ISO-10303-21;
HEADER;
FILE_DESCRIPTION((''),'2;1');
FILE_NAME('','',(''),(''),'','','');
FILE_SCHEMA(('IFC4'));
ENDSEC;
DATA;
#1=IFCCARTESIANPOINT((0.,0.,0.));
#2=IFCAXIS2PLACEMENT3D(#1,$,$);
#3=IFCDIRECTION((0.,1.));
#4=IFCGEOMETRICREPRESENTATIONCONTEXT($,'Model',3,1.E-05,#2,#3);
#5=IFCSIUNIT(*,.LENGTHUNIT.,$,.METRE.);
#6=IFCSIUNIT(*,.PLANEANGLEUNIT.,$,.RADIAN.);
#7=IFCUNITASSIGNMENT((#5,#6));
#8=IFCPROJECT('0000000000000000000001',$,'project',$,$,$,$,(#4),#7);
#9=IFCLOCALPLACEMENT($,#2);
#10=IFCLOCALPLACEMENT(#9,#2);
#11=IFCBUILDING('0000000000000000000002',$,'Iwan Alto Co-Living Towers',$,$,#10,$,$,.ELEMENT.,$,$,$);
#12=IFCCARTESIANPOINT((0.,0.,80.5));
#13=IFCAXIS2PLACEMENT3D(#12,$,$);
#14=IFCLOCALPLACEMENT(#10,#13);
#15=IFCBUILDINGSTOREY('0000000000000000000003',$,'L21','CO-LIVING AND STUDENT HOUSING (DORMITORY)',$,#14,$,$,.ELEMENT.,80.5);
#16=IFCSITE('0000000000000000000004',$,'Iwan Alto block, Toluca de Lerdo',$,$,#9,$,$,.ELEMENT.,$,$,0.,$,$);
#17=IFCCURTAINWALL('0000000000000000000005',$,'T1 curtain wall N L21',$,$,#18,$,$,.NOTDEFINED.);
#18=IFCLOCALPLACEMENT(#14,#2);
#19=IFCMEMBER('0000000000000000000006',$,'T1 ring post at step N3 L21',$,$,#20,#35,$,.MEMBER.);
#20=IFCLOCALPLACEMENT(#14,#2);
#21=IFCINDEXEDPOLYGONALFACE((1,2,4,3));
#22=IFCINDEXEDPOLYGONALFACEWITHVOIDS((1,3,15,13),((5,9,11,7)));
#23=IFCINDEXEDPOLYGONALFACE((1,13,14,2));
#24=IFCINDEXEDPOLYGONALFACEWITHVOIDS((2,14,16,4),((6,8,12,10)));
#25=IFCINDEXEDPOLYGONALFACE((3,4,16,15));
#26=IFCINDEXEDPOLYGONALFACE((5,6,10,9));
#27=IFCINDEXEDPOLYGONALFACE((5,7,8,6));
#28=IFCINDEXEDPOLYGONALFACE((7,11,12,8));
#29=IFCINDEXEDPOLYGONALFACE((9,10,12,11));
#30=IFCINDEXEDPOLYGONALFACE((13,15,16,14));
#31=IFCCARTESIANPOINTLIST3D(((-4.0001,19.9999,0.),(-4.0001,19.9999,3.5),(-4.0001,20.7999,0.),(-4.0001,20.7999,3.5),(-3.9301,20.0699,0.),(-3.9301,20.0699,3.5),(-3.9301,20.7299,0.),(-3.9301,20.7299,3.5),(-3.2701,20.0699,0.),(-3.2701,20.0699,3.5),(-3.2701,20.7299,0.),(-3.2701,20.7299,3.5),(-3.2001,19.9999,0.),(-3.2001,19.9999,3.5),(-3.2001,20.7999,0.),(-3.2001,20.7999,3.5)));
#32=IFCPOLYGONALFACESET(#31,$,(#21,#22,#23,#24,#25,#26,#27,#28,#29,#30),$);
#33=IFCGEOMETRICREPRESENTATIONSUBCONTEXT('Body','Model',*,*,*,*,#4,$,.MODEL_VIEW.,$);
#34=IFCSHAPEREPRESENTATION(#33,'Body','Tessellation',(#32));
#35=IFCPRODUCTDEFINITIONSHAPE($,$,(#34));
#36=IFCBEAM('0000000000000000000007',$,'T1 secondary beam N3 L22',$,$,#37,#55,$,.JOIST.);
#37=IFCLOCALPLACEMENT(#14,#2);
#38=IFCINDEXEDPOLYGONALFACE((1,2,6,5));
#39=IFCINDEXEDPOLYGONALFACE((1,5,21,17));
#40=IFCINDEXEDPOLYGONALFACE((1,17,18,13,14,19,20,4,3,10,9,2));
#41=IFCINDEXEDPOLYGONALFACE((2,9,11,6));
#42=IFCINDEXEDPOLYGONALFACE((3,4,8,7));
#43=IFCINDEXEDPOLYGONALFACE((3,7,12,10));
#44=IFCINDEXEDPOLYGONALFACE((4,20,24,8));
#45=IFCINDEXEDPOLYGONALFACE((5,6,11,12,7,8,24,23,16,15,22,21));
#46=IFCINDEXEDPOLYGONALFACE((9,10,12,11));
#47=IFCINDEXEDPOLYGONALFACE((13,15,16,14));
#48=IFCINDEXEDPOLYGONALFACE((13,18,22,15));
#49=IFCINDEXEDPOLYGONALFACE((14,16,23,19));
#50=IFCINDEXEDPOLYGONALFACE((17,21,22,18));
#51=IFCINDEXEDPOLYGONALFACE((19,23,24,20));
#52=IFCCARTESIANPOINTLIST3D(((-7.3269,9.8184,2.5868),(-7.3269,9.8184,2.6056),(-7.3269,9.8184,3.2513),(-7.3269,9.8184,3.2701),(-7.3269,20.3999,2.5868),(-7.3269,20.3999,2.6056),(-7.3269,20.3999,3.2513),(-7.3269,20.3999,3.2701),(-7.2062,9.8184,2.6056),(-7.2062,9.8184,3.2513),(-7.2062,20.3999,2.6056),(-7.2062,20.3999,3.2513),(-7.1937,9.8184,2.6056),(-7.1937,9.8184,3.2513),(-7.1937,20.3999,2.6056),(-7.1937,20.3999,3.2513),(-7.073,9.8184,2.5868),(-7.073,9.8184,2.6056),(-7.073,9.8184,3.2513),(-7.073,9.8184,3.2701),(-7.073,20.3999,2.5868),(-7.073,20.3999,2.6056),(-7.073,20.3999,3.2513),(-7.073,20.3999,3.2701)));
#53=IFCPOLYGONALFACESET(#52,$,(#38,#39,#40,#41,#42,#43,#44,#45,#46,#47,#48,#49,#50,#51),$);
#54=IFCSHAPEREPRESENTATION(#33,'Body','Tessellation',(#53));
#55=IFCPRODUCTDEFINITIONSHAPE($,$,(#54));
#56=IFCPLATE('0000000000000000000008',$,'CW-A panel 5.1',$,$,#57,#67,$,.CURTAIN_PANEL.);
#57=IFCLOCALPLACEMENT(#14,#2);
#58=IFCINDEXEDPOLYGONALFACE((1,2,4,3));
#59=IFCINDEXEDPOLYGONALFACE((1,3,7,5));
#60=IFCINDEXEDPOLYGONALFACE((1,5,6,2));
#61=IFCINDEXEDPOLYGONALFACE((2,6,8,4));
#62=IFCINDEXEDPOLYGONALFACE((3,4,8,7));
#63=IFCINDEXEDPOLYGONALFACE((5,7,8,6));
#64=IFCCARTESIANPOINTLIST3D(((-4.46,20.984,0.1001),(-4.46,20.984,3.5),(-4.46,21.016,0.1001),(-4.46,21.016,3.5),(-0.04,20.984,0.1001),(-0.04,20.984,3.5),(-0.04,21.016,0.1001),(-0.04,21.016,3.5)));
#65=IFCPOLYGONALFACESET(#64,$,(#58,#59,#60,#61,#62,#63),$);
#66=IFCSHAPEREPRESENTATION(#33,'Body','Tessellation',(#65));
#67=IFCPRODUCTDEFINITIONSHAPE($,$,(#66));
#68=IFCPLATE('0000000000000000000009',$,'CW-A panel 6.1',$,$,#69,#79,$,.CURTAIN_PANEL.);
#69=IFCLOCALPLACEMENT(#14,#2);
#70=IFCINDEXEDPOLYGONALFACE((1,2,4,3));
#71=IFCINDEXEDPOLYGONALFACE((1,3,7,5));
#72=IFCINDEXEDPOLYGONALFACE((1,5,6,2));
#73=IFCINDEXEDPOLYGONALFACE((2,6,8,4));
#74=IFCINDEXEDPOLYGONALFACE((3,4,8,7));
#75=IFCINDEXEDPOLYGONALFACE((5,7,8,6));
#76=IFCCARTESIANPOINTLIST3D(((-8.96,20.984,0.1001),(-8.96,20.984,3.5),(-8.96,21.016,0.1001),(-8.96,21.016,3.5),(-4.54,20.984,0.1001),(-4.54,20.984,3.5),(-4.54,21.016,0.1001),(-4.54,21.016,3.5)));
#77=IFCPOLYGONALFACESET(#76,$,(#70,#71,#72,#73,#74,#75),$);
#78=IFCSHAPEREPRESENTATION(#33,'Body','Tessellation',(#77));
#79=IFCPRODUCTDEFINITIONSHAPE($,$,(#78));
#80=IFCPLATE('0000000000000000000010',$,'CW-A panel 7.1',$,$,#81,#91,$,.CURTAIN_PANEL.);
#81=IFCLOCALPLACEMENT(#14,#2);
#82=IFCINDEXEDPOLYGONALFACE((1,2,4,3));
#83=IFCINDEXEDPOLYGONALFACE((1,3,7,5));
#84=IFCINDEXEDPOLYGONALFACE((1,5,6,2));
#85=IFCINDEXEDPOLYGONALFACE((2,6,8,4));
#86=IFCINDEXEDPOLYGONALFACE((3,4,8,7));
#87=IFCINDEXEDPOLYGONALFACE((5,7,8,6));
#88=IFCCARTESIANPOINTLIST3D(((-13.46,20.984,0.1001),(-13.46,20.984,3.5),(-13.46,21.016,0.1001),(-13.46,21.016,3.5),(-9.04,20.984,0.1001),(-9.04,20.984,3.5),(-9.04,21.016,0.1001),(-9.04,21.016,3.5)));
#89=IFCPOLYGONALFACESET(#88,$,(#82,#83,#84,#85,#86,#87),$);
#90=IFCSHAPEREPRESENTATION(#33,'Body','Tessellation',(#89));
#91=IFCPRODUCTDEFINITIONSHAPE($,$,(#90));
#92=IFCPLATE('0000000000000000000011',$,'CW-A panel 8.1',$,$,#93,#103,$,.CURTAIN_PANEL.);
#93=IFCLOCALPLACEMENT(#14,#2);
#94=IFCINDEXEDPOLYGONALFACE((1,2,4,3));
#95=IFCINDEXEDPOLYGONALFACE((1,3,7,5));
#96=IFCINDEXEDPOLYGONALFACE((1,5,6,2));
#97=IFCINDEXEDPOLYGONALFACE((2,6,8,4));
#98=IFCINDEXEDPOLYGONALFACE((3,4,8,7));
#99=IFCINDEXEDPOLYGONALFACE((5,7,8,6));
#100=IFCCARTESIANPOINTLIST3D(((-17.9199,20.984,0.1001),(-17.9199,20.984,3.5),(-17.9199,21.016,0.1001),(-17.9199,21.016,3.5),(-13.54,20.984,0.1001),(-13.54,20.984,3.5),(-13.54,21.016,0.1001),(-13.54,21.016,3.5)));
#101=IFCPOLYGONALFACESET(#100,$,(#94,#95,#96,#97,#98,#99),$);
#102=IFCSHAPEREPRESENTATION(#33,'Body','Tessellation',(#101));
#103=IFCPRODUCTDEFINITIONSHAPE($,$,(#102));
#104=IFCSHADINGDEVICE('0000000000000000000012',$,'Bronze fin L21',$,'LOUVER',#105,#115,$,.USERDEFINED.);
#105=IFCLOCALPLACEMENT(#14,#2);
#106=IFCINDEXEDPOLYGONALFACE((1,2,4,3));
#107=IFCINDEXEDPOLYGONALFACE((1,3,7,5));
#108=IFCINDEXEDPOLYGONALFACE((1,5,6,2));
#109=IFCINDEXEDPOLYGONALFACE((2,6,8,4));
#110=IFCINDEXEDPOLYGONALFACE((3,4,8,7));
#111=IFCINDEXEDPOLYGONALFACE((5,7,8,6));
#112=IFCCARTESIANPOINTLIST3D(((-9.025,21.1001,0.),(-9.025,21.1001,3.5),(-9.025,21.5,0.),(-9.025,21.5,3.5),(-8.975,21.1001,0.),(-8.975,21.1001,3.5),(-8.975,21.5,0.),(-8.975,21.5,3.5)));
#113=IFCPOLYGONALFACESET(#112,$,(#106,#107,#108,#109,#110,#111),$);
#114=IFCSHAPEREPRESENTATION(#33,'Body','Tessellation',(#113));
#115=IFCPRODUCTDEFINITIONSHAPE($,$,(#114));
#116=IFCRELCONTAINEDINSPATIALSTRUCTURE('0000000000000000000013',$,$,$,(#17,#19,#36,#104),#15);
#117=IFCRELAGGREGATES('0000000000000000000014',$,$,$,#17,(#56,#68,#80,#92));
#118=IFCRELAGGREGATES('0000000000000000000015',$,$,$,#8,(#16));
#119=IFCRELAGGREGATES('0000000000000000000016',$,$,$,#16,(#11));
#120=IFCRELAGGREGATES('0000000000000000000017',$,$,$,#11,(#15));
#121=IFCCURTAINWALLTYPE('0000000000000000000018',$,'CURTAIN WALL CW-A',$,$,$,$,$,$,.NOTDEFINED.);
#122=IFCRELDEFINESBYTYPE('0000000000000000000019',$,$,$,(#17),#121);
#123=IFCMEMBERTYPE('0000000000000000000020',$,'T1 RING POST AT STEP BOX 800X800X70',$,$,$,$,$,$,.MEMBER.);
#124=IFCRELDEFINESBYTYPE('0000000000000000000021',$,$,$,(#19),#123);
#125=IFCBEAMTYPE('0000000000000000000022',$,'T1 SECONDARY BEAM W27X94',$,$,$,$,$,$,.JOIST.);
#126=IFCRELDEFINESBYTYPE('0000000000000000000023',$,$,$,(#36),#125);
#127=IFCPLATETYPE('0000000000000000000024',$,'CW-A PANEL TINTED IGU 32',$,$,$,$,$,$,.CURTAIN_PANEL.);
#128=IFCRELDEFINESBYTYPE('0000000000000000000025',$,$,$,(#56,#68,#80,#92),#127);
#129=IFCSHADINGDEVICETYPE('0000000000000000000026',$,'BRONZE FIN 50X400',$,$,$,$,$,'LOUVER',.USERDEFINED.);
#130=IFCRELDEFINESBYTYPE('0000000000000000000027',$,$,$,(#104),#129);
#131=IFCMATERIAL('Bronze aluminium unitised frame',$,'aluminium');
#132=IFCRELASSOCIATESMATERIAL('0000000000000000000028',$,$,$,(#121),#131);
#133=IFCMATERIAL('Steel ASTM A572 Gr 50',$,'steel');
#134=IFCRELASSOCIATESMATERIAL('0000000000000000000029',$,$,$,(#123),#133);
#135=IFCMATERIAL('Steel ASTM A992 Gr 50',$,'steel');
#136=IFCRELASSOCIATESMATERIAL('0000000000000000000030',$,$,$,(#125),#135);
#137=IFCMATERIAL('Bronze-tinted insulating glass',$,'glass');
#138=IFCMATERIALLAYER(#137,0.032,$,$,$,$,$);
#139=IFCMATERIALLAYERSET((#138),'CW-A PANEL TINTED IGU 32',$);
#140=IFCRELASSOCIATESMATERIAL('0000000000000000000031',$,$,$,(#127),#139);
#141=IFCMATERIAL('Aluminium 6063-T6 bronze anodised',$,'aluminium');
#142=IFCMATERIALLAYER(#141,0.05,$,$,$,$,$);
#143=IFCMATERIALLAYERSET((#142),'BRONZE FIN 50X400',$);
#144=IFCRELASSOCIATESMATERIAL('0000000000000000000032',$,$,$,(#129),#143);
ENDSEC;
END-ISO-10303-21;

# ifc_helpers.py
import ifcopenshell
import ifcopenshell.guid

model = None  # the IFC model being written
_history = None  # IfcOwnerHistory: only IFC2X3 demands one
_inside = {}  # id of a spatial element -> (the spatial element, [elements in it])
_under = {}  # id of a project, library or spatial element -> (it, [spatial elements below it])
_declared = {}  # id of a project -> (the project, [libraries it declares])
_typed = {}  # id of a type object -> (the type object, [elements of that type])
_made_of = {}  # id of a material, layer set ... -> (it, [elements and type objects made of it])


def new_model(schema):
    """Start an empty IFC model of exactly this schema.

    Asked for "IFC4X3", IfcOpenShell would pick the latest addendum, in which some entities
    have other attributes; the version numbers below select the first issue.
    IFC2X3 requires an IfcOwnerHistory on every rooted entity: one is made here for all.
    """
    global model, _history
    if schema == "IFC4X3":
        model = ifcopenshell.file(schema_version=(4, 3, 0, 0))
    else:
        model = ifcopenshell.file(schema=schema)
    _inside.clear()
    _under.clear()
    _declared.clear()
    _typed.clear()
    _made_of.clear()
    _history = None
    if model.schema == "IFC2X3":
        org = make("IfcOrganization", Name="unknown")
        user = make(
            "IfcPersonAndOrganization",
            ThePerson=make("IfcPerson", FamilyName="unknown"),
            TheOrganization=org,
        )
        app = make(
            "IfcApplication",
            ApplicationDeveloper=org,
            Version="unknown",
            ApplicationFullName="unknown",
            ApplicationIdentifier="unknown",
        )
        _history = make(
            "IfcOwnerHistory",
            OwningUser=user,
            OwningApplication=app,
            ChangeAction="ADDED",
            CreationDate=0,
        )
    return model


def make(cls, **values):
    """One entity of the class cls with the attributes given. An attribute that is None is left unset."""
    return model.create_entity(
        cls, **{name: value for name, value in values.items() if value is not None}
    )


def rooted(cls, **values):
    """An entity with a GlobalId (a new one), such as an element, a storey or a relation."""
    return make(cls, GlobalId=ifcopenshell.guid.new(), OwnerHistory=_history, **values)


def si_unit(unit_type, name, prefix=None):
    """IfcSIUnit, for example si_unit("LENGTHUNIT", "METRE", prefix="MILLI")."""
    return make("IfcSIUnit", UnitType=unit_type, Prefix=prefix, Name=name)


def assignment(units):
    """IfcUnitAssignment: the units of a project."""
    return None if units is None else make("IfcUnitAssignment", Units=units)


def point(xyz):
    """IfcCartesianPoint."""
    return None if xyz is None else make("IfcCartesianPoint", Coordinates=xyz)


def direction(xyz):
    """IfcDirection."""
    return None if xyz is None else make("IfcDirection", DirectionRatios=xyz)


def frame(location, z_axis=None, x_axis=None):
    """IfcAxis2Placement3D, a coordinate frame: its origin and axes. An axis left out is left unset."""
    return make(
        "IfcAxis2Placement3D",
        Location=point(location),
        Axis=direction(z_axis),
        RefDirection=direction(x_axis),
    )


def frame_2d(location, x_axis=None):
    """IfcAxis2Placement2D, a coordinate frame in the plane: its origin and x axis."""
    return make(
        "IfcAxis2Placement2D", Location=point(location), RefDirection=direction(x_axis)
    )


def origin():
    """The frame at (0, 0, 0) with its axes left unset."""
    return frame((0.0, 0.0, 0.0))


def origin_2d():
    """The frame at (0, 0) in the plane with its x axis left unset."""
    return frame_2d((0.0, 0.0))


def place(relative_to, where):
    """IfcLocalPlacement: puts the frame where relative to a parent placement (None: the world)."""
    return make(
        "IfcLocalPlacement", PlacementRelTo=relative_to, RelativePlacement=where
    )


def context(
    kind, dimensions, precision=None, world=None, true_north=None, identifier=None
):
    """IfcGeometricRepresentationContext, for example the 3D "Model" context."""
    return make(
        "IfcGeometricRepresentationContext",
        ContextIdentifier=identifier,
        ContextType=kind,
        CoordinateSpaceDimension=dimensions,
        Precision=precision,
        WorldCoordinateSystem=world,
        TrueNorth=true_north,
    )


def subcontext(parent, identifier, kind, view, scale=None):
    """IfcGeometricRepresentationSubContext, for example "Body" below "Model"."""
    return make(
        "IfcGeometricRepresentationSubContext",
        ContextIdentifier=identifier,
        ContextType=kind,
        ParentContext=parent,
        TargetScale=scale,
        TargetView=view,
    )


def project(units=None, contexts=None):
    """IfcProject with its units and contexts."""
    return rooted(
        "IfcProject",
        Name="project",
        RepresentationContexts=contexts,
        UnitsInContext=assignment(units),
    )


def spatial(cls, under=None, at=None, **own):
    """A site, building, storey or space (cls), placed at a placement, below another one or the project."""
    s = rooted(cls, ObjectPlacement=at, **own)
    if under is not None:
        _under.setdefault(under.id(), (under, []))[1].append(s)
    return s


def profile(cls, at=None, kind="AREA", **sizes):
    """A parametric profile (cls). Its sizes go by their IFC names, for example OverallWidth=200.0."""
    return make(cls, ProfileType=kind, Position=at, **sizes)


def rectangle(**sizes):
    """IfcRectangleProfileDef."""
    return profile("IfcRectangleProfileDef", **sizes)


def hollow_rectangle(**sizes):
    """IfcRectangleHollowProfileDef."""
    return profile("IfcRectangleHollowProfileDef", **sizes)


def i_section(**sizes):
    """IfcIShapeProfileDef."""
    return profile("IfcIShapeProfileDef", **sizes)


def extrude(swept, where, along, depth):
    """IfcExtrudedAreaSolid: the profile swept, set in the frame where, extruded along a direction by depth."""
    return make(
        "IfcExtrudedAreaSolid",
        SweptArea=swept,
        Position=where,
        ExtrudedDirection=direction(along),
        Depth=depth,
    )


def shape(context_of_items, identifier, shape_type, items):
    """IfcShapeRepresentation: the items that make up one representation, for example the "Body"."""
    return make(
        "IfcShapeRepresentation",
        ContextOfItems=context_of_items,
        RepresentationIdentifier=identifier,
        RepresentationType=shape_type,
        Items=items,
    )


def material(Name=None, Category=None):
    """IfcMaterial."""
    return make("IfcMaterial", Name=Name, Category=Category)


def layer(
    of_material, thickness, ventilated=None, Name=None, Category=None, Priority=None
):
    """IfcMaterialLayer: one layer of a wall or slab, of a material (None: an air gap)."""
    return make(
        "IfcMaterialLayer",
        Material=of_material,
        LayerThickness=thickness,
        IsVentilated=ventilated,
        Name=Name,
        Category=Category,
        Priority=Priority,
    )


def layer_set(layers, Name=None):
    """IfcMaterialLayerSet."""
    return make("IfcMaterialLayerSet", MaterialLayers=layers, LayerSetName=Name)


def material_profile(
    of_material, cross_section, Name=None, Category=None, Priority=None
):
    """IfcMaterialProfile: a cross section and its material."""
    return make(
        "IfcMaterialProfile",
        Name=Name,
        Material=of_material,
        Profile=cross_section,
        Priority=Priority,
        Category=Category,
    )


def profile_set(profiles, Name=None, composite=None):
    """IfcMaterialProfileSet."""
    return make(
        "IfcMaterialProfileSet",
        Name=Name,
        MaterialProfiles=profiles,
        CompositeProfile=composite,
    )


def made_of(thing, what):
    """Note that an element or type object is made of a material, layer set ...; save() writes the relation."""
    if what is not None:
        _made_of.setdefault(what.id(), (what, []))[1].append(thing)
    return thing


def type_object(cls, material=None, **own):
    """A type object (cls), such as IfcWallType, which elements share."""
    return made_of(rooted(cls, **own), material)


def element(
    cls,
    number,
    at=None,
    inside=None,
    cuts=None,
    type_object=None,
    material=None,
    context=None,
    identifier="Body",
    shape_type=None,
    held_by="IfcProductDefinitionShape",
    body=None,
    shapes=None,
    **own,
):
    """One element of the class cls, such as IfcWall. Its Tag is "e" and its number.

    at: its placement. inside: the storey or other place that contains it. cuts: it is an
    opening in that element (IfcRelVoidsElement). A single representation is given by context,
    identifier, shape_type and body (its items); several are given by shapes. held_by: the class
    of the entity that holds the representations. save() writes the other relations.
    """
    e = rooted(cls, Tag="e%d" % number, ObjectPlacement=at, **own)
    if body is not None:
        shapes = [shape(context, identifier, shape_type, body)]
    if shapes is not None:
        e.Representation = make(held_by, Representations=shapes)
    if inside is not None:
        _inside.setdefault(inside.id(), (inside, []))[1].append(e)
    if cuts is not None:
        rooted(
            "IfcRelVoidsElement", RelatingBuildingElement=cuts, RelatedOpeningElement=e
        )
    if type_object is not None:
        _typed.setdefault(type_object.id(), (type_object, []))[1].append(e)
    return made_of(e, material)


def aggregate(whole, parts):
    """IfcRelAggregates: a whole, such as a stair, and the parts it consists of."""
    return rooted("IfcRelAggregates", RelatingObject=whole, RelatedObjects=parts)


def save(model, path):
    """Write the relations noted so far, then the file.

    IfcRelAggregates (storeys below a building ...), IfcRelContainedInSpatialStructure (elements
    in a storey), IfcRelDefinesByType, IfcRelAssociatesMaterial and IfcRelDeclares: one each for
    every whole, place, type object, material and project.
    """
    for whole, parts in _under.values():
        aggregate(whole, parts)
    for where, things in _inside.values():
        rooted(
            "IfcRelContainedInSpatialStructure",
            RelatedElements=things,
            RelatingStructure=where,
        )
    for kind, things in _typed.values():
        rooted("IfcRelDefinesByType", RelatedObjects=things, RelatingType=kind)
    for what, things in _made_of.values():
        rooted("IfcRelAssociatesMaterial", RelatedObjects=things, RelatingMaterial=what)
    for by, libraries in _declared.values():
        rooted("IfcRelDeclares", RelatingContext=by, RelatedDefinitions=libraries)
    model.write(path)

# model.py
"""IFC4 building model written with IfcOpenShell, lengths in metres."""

from ifc_helpers import new_model, si_unit, direction, frame, origin, origin_2d, place, context, subcontext, project, spatial, rectangle, hollow_rectangle, i_section, extrude, material, layer, layer_set, material_profile, profile_set, type_object, element, aggregate, save


model = new_model("IFC4")

# Units and contexts
model_context = context("Model", 3, precision=1e-05, world=origin(), true_north=direction((0.0, 1.0)))
body_context = subcontext(model_context, "Body", "Model", "MODEL_VIEW")
ifc_project = project(units=[si_unit("LENGTHUNIT", "METRE"), si_unit("PLANEANGLEUNIT", "RADIAN")], contexts=[model_context])

# Site, building, storey
site_placement = place(None, origin())
site = spatial("IfcSite", under=ifc_project, at=site_placement, Name="Iwan Alto block, Toluca de Lerdo", CompositionType="ELEMENT", RefElevation=0.0)
building_placement = place(site_placement, origin())
building = spatial("IfcBuilding", under=site, at=building_placement, Name="Iwan Alto Co-Living Towers", CompositionType="ELEMENT")
storey_placement = place(building_placement, frame((0.0, 0.0, 80.5)))
storey = spatial("IfcBuildingStorey", under=building, at=storey_placement, Name="L21", Description="CO-LIVING AND STUDENT HOUSING (DORMITORY)", CompositionType="ELEMENT", Elevation=80.5)

# Curtain wall
ifc_material_1 = material(Name="Bronze aluminium unitised frame", Category="aluminium")
curtain_wall_type_1 = type_object("IfcCurtainWallType", Name="CURTAIN WALL CW-A", PredefinedType="NOTDEFINED", material=ifc_material_1)
curtain_wall_1_placement = place(storey_placement, origin())
curtain_wall_1 = element("IfcCurtainWall", 1, at=curtain_wall_1_placement, inside=storey, type_object=curtain_wall_type_1, Name="T1 curtain wall N L21", PredefinedType="NOTDEFINED")

# Member
ifc_material_2 = material(Name="Steel ASTM A572 Gr 50", Category="steel")
ifc_material_profile_1 = material_profile(ifc_material_2, hollow_rectangle(XDim=0.8, YDim=0.8, WallThickness=0.0701, at=origin_2d()), Name="BOX 800X800X70")
ifc_profile_set_1 = profile_set([ifc_material_profile_1], Name="Steel ASTM A572 Gr 50")
member_type_1 = type_object("IfcMemberType", Name="T1 RING POST AT STEP BOX 800X800X70", PredefinedType="MEMBER", material=ifc_profile_set_1)
member_1_placement = place(storey_placement, frame((-3.6001, 20.3999, 0.0), z_axis=(0.0, 0.0, 1.0), x_axis=(1.0, 0.0, 0.0)))
element("IfcMember", 2, at=member_1_placement, inside=storey, type_object=member_type_1, Name="T1 ring post at step N3 L21", PredefinedType="MEMBER", context=body_context, shape_type="SweptSolid", body=[
    extrude(hollow_rectangle(XDim=0.8, YDim=0.8, WallThickness=0.0701, at=origin_2d()), origin(), (0.0, 0.0, 1.0), 3.5),
])

# Beam
ifc_material_3 = material(Name="Steel ASTM A992 Gr 50", Category="steel")
ifc_material_profile_2 = material_profile(ifc_material_3, i_section(OverallWidth=0.2539, OverallDepth=0.6833, WebThickness=0.0125, FlangeThickness=0.0188, at=origin_2d()), Name="W27X94")
ifc_profile_set_2 = profile_set([ifc_material_profile_2], Name="Steel ASTM A992 Gr 50")
beam_type_1 = type_object("IfcBeamType", Name="T1 SECONDARY BEAM W27X94", PredefinedType="JOIST", material=ifc_profile_set_2)
beam_1_placement = place(storey_placement, frame((-7.2, 20.3999, 2.9285), z_axis=(0.0, -1.0, 0.0), x_axis=(1.0, 0.0, 0.0)))
element("IfcBeam", 3, at=beam_1_placement, inside=storey, type_object=beam_type_1, Name="T1 secondary beam N3 L22", PredefinedType="JOIST", context=body_context, shape_type="SweptSolid", body=[
    extrude(i_section(OverallWidth=0.2539, OverallDepth=0.6833, WebThickness=0.0125, FlangeThickness=0.0188, at=origin_2d()), origin(), (0.0, 0.0, 1.0), 10.5815),
])

# Plates
ifc_material_4 = material(Name="Bronze-tinted insulating glass", Category="glass")
ifc_layer_1 = layer(ifc_material_4, 0.032)
ifc_layer_set_1 = layer_set([ifc_layer_1], Name="CW-A PANEL TINTED IGU 32")
plate_type = type_object("IfcPlateType", Name="CW-A PANEL TINTED IGU 32", PredefinedType="CURTAIN_PANEL", material=ifc_layer_set_1)
plate_1_placement = place(storey_placement, frame((-2.25, 21.0, 0.1001), z_axis=(0.0, 0.0, 1.0), x_axis=(-1.0, 0.0, 0.0)))
plate_1 = element("IfcPlate", 4, at=plate_1_placement, type_object=plate_type, Name="CW-A panel 5.1", PredefinedType="CURTAIN_PANEL", context=body_context, shape_type="SweptSolid", body=[
    extrude(rectangle(XDim=4.4199, YDim=0.032, at=origin_2d()), origin(), (0.0, 0.0, 1.0), 3.3999),
])
plate_2_placement = place(storey_placement, frame((-6.75, 21.0, 0.1001), z_axis=(0.0, 0.0, 1.0), x_axis=(-1.0, 0.0, 0.0)))
plate_2 = element("IfcPlate", 5, at=plate_2_placement, type_object=plate_type, Name="CW-A panel 6.1", PredefinedType="CURTAIN_PANEL", context=body_context, shape_type="SweptSolid", body=[
    extrude(rectangle(XDim=4.4199, YDim=0.032, at=origin_2d()), origin(), (0.0, 0.0, 1.0), 3.3999),
])
plate_3_placement = place(storey_placement, frame((-11.25, 21.0, 0.1001), z_axis=(0.0, 0.0, 1.0), x_axis=(-1.0, 0.0, 0.0)))
plate_3 = element("IfcPlate", 6, at=plate_3_placement, type_object=plate_type, Name="CW-A panel 7.1", PredefinedType="CURTAIN_PANEL", context=body_context, shape_type="SweptSolid", body=[
    extrude(rectangle(XDim=4.4199, YDim=0.032, at=origin_2d()), origin(), (0.0, 0.0, 1.0), 3.3999),
])
plate_4_placement = place(storey_placement, frame((-15.73, 21.0, 0.1001), z_axis=(0.0, 0.0, 1.0), x_axis=(-1.0, 0.0, 0.0)))
plate_4 = element("IfcPlate", 7, at=plate_4_placement, type_object=plate_type, Name="CW-A panel 8.1", PredefinedType="CURTAIN_PANEL", context=body_context, shape_type="SweptSolid", body=[
    extrude(rectangle(XDim=4.3799, YDim=0.032, at=origin_2d()), origin(), (0.0, 0.0, 1.0), 3.3999),
])
aggregate(curtain_wall_1, [plate_1, plate_2, plate_3, plate_4])

# Shading device
ifc_material_5 = material(Name="Aluminium 6063-T6 bronze anodised", Category="aluminium")
ifc_layer_2 = layer(ifc_material_5, 0.05)
ifc_layer_set_2 = layer_set([ifc_layer_2], Name="BRONZE FIN 50X400")
shading_device_type = type_object("IfcShadingDeviceType", Name="BRONZE FIN 50X400", ElementType="LOUVER", PredefinedType="USERDEFINED", material=ifc_layer_set_2)
shading_device_placement = place(storey_placement, frame((-9.0, 21.3, 0.0), z_axis=(0.0, 0.0, 1.0), x_axis=(-1.0, 0.0, 0.0)))
element("IfcShadingDevice", 8, at=shading_device_placement, inside=storey, type_object=shading_device_type, Name="Bronze fin L21", ObjectType="LOUVER", PredefinedType="USERDEFINED", context=body_context, shape_type="SweptSolid", body=[
    extrude(rectangle(XDim=0.05, YDim=0.3999, at=origin_2d()), origin(), (0.0, 0.0, 1.0), 3.5),
])

save(model, "model.ifc")
